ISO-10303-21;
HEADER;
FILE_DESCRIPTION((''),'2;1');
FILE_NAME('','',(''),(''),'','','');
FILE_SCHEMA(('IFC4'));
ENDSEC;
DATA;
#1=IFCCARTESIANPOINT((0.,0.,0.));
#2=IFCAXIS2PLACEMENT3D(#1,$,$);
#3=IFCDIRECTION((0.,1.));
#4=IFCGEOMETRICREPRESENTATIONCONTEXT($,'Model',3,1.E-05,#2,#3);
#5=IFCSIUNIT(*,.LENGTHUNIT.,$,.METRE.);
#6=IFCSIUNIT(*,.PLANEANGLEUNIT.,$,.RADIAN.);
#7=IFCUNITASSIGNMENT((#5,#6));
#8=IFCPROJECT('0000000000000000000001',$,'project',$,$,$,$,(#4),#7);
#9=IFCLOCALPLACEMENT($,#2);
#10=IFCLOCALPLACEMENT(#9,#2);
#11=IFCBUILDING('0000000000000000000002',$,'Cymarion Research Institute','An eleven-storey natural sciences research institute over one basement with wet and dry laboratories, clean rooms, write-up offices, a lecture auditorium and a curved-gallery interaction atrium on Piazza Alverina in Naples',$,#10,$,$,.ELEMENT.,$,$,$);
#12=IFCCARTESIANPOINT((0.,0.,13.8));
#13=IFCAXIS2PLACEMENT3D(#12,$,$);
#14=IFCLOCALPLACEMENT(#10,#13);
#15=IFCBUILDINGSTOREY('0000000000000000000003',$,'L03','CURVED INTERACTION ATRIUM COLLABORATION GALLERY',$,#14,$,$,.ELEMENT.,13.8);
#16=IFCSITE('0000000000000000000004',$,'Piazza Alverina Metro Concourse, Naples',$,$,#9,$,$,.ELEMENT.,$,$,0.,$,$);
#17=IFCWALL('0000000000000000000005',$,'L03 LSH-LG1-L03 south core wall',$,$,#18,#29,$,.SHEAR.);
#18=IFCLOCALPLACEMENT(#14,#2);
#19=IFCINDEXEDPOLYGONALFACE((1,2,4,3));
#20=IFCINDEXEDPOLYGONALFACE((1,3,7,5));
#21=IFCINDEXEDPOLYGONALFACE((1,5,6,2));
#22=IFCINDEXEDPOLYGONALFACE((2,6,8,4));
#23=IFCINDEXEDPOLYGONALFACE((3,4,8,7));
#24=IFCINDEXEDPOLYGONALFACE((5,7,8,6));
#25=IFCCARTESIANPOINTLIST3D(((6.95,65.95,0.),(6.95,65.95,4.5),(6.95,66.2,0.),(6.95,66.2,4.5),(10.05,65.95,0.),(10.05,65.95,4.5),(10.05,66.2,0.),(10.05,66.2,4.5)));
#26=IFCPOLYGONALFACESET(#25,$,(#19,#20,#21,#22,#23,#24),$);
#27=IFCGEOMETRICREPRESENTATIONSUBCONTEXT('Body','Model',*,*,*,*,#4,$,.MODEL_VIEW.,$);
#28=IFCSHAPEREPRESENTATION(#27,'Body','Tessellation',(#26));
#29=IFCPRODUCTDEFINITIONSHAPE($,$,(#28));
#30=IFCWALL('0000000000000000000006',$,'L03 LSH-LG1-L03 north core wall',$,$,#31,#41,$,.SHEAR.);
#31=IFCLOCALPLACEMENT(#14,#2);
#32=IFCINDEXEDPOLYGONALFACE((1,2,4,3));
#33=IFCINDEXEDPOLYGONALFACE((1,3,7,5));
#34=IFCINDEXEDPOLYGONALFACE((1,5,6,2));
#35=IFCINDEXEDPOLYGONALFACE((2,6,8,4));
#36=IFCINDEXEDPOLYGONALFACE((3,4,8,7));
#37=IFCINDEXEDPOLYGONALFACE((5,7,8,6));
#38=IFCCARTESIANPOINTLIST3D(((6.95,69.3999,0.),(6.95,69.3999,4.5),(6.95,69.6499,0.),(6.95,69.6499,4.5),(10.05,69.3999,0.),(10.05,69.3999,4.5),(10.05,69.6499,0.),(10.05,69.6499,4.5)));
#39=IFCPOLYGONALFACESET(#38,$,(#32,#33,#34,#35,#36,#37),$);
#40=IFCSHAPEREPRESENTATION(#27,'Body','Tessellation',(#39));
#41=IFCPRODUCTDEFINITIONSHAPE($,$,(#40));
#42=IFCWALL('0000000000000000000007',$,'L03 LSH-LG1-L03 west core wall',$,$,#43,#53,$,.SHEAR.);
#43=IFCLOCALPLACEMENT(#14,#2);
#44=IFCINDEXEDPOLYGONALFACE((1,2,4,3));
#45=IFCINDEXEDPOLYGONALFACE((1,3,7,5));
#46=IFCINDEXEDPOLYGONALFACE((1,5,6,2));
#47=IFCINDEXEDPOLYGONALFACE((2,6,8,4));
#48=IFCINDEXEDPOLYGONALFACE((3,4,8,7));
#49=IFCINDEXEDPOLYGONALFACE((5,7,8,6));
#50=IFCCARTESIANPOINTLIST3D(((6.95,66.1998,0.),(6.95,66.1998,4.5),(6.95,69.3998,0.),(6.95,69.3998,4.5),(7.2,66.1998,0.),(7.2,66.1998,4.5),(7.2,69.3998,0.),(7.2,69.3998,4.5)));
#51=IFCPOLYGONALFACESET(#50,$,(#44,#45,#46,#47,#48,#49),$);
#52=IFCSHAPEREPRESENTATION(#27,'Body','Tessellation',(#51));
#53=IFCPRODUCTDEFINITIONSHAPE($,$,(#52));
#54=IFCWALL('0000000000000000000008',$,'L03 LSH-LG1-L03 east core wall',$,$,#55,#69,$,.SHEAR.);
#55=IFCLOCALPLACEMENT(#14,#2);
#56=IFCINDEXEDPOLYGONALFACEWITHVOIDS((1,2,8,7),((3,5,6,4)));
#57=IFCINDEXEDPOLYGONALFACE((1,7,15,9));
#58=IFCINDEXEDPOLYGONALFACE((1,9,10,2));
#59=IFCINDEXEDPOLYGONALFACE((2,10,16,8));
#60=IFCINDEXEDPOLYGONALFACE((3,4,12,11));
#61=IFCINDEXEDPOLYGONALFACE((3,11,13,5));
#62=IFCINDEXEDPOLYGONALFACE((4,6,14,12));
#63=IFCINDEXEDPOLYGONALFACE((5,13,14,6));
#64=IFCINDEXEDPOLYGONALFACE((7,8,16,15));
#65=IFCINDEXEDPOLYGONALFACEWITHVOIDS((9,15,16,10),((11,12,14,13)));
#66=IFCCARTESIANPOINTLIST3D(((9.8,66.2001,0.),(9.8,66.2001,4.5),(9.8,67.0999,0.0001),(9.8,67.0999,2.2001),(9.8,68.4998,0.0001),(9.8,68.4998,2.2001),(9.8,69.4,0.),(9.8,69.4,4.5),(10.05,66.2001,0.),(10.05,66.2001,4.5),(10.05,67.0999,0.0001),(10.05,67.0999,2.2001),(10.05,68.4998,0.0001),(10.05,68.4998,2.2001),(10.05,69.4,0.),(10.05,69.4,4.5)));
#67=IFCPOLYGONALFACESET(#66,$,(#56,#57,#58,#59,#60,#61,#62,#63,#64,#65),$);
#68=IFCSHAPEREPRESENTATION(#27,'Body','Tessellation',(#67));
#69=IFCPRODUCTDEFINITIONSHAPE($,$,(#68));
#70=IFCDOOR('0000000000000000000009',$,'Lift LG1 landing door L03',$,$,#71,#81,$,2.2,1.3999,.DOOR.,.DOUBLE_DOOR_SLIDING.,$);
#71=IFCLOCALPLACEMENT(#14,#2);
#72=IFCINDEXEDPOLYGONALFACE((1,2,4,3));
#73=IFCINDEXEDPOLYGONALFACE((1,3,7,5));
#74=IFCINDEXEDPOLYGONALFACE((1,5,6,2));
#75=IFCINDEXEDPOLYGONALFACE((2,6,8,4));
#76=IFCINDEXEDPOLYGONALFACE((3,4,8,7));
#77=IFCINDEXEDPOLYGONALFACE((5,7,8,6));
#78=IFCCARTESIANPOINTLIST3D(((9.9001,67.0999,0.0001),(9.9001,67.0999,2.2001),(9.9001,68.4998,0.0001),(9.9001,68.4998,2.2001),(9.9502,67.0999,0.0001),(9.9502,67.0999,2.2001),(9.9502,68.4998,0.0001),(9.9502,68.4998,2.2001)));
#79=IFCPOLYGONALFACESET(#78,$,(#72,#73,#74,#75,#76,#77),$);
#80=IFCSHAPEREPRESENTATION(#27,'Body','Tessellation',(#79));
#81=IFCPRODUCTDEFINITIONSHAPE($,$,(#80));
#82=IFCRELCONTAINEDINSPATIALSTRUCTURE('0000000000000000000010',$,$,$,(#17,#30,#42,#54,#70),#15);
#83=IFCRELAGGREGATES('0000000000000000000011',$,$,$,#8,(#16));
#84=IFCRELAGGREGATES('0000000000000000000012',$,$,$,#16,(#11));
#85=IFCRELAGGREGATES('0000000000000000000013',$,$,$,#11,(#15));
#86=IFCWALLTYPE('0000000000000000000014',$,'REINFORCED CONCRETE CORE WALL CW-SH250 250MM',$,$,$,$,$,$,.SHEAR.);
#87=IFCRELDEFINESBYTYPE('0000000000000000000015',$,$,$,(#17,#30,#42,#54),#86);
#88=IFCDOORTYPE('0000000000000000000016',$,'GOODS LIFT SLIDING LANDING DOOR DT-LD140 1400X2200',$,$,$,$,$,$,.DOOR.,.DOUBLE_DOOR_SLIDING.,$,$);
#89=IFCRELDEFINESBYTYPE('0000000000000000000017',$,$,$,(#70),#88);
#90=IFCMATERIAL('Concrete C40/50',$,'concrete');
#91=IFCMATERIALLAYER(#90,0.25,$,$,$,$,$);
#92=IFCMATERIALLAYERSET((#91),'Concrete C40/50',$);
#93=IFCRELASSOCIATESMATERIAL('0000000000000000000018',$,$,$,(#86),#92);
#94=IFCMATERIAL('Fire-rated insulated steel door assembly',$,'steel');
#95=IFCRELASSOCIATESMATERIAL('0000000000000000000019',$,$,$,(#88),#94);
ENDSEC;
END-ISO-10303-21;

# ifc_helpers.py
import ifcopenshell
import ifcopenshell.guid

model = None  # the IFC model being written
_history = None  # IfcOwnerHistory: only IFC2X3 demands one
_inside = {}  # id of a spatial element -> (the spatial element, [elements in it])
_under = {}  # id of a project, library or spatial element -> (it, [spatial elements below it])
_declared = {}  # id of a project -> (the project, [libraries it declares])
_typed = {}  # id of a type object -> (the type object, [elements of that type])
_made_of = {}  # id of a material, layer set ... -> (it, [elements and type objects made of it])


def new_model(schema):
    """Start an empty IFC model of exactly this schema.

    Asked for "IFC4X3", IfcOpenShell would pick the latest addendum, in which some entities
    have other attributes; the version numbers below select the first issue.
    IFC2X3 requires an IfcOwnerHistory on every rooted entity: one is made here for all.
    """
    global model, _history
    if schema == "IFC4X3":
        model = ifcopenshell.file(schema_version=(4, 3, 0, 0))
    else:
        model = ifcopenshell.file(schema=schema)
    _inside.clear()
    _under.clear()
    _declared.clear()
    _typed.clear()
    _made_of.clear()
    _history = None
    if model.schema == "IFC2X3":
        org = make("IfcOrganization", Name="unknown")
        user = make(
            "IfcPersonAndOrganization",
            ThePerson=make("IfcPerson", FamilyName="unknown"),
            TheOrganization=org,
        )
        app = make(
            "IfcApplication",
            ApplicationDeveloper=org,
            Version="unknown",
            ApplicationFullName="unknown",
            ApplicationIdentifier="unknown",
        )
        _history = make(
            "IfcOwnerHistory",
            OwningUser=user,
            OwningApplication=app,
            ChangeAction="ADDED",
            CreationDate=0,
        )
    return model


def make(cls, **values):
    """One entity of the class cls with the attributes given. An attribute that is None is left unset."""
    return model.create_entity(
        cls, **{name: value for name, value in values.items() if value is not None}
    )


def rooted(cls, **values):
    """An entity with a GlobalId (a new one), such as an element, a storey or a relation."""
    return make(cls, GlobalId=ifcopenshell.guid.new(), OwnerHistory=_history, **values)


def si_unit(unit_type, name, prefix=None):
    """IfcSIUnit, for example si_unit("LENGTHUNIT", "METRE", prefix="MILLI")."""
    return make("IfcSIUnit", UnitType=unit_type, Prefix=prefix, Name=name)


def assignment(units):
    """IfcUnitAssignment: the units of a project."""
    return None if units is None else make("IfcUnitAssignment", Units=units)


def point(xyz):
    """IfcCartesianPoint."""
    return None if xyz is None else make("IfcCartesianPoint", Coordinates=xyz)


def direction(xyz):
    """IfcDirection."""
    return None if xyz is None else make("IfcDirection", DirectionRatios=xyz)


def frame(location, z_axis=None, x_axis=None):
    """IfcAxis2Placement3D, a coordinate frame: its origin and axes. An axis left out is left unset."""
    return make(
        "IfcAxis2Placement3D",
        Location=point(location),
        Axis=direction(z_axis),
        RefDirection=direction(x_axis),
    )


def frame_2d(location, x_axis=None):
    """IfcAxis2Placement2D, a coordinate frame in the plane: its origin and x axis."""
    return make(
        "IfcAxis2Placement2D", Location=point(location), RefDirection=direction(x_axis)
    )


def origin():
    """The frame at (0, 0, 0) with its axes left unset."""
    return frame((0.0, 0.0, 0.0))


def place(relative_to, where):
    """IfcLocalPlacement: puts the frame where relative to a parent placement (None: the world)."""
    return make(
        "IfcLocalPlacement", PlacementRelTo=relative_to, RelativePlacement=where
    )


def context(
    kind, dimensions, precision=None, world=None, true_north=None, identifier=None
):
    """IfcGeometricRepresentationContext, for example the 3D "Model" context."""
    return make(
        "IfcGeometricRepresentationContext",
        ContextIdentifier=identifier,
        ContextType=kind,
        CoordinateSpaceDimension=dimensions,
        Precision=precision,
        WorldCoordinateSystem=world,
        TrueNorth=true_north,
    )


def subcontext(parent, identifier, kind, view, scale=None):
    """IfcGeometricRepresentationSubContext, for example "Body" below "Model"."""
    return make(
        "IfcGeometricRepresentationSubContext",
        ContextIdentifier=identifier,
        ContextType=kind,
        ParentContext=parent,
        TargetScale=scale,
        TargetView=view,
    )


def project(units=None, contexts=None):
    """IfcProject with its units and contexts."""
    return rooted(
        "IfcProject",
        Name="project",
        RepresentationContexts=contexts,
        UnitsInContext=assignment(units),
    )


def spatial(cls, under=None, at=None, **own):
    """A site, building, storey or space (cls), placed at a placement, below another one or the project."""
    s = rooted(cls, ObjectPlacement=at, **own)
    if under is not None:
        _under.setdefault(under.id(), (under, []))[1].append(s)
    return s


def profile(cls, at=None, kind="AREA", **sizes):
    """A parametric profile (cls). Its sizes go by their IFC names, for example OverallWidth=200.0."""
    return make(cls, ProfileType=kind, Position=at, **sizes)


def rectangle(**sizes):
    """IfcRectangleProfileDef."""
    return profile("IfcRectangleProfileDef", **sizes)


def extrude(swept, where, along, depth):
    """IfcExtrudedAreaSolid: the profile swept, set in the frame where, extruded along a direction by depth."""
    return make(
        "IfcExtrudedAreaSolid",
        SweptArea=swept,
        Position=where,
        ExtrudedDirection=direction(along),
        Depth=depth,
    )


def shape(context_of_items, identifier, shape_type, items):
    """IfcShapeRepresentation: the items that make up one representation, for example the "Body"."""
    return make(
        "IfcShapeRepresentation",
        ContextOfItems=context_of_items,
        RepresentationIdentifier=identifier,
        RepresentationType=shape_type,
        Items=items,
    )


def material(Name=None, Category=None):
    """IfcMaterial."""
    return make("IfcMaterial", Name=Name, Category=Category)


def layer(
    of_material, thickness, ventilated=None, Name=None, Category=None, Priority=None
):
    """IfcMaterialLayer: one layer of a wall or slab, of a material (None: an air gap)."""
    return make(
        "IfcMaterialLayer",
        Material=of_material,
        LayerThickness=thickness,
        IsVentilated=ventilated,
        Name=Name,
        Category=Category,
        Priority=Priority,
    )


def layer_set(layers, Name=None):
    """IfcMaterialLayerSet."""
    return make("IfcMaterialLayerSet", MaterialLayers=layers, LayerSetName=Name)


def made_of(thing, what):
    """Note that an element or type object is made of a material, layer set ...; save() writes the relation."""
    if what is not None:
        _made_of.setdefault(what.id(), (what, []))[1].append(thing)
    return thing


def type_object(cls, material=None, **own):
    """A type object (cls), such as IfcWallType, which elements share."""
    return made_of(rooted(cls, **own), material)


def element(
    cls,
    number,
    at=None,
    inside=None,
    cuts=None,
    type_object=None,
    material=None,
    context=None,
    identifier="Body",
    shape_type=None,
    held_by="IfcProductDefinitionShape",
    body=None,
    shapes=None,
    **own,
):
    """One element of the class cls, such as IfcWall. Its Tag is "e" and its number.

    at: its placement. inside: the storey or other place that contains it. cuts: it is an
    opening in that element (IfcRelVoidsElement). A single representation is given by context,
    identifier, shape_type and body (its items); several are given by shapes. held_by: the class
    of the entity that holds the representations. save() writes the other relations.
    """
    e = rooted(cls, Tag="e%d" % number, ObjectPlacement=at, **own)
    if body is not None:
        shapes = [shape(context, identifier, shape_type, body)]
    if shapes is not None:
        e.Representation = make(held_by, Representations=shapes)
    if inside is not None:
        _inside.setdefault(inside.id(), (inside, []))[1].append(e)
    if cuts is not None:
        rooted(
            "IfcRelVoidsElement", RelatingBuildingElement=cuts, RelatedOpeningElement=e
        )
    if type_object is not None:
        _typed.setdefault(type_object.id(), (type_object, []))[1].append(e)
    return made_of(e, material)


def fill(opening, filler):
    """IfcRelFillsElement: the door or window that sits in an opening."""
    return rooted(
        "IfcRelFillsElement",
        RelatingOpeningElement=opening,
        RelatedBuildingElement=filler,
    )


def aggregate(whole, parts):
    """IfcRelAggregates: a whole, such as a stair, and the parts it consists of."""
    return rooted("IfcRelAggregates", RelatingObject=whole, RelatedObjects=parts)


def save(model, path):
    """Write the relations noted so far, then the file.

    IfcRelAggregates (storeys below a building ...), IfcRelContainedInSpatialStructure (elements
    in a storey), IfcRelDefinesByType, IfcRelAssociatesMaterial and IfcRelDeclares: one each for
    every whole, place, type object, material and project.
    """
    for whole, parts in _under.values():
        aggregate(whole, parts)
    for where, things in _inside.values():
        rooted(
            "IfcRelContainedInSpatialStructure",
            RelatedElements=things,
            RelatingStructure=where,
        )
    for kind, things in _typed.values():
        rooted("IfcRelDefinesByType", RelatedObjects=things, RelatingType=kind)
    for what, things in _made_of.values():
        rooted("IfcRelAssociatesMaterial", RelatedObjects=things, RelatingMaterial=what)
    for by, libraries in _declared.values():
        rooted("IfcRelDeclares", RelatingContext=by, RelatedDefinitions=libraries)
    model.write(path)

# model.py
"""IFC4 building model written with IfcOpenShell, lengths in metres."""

from ifc_helpers import new_model, si_unit, direction, frame, frame_2d, origin, place, context, subcontext, project, spatial, rectangle, extrude, material, layer, layer_set, type_object, element, fill, save


model = new_model("IFC4")

# Units and contexts
model_context = context("Model", 3, precision=1e-05, world=origin(), true_north=direction((0.0, 1.0)))
body_context = subcontext(model_context, "Body", "Model", "MODEL_VIEW")
ifc_project = project(units=[si_unit("LENGTHUNIT", "METRE"), si_unit("PLANEANGLEUNIT", "RADIAN")], contexts=[model_context])

# Site, building, storey
site_placement = place(None, origin())
site = spatial("IfcSite", under=ifc_project, at=site_placement, Name="Piazza Alverina Metro Concourse, Naples", CompositionType="ELEMENT", RefElevation=0.0)
building_placement = place(site_placement, origin())
building = spatial("IfcBuilding", under=site, at=building_placement, Name="Cymarion Research Institute", Description="An eleven-storey natural sciences research institute over one basement with wet and dry laboratories, clean rooms, write-up offices, a lecture auditorium and a curved-gallery interaction atrium on Piazza Alverina in Naples", CompositionType="ELEMENT")
storey_placement = place(building_placement, frame((0.0, 0.0, 13.8)))
storey = spatial("IfcBuildingStorey", under=building, at=storey_placement, Name="L03", Description="CURVED INTERACTION ATRIUM COLLABORATION GALLERY", CompositionType="ELEMENT", Elevation=13.8)

# Shared definitions
ifc_material_1 = material(Name="Concrete C40/50", Category="concrete")

# Walls
ifc_layer = layer(ifc_material_1, 0.25)
ifc_layer_set = layer_set([ifc_layer], Name="Concrete C40/50")
wall_type = type_object("IfcWallType", Name="REINFORCED CONCRETE CORE WALL CW-SH250 250MM", PredefinedType="SHEAR", material=ifc_layer_set)
for number, where, z_axis, x_axis, name in (
    (1, (6.95, 66.075, 0.0), (0.0, 0.0, 1.0), (1.0, 0.0, 0.0), "L03 LSH-LG1-L03 south core wall"),
    (2, (10.05, 69.5249, 0.0), (0.0, 0.0, 1.0), (-1.0, 0.0, 0.0), "L03 LSH-LG1-L03 north core wall"),
):
    element("IfcWall", number, at=place(storey_placement, frame(where, z_axis=z_axis, x_axis=x_axis)), inside=storey, type_object=wall_type, Name=name, PredefinedType="SHEAR", context=body_context, shape_type="SweptSolid", body=[
        extrude(rectangle(XDim=3.1001, YDim=0.25, at=frame_2d((1.55, 0.0))), origin(), (0.0, 0.0, 1.0), 4.5),
    ])
wall_1_placement = place(storey_placement, frame((7.075, 69.3999, 0.0), z_axis=(0.0, 0.0, 1.0), x_axis=(0.0, -1.0, 0.0)))
element("IfcWall", 3, at=wall_1_placement, inside=storey, type_object=wall_type, Name="L03 LSH-LG1-L03 west core wall", PredefinedType="SHEAR", context=body_context, shape_type="SweptSolid", body=[
    extrude(rectangle(XDim=3.2, YDim=0.25, at=frame_2d((1.6001, 0.0))), origin(), (0.0, 0.0, 1.0), 4.5),
])

# Wall, opening, door
wall_2_placement = place(storey_placement, frame((9.925, 66.2, 0.0), z_axis=(0.0, 0.0, 1.0), x_axis=(0.0, 1.0, 0.0)))
wall_2 = element("IfcWall", 4, at=wall_2_placement, inside=storey, type_object=wall_type, Name="L03 LSH-LG1-L03 east core wall", PredefinedType="SHEAR", context=body_context, shape_type="SweptSolid", body=[
    extrude(rectangle(XDim=3.2, YDim=0.25, at=frame_2d((1.6001, 0.0))), origin(), (0.0, 0.0, 1.0), 4.5),
])
opening_placement = place(wall_2_placement, frame((0.8999, 0.0, 0.0)))
opening = element("IfcOpeningElement", 5, at=opening_placement, cuts=wall_2, PredefinedType="OPENING", context=body_context, shape_type="SweptSolid", body=[
    extrude(rectangle(XDim=1.3999, YDim=2.2, at=frame_2d((0.7, 1.1001))), frame((0.0, 0.135, 0.0), z_axis=(0.0, -1.0, 0.0), x_axis=(1.0, 0.0, 0.0)), (0.0, 0.0, 1.0), 0.27),
])
ifc_material_2 = material(Name="Fire-rated insulated steel door assembly", Category="steel")
door_type = type_object("IfcDoorType", Name="GOODS LIFT SLIDING LANDING DOOR DT-LD140 1400X2200", OperationType="DOUBLE_DOOR_SLIDING", PredefinedType="DOOR", material=ifc_material_2)
door_placement = place(opening_placement, origin())
door = element("IfcDoor", 6, at=door_placement, inside=storey, type_object=door_type, Name="Lift LG1 landing door L03", OperationType="DOUBLE_DOOR_SLIDING", OverallHeight=2.2, OverallWidth=1.3999, PredefinedType="DOOR", context=body_context, shape_type="SweptSolid", body=[
    extrude(rectangle(XDim=1.3999, YDim=2.2, at=frame_2d((0.7, 1.1001))), frame((0.0, 0.0249, 0.0), z_axis=(0.0, -1.0, 0.0), x_axis=(1.0, 0.0, 0.0)), (0.0, 0.0, 1.0), 0.05),
])
fill(opening, door)

save(model, "model.ifc")
